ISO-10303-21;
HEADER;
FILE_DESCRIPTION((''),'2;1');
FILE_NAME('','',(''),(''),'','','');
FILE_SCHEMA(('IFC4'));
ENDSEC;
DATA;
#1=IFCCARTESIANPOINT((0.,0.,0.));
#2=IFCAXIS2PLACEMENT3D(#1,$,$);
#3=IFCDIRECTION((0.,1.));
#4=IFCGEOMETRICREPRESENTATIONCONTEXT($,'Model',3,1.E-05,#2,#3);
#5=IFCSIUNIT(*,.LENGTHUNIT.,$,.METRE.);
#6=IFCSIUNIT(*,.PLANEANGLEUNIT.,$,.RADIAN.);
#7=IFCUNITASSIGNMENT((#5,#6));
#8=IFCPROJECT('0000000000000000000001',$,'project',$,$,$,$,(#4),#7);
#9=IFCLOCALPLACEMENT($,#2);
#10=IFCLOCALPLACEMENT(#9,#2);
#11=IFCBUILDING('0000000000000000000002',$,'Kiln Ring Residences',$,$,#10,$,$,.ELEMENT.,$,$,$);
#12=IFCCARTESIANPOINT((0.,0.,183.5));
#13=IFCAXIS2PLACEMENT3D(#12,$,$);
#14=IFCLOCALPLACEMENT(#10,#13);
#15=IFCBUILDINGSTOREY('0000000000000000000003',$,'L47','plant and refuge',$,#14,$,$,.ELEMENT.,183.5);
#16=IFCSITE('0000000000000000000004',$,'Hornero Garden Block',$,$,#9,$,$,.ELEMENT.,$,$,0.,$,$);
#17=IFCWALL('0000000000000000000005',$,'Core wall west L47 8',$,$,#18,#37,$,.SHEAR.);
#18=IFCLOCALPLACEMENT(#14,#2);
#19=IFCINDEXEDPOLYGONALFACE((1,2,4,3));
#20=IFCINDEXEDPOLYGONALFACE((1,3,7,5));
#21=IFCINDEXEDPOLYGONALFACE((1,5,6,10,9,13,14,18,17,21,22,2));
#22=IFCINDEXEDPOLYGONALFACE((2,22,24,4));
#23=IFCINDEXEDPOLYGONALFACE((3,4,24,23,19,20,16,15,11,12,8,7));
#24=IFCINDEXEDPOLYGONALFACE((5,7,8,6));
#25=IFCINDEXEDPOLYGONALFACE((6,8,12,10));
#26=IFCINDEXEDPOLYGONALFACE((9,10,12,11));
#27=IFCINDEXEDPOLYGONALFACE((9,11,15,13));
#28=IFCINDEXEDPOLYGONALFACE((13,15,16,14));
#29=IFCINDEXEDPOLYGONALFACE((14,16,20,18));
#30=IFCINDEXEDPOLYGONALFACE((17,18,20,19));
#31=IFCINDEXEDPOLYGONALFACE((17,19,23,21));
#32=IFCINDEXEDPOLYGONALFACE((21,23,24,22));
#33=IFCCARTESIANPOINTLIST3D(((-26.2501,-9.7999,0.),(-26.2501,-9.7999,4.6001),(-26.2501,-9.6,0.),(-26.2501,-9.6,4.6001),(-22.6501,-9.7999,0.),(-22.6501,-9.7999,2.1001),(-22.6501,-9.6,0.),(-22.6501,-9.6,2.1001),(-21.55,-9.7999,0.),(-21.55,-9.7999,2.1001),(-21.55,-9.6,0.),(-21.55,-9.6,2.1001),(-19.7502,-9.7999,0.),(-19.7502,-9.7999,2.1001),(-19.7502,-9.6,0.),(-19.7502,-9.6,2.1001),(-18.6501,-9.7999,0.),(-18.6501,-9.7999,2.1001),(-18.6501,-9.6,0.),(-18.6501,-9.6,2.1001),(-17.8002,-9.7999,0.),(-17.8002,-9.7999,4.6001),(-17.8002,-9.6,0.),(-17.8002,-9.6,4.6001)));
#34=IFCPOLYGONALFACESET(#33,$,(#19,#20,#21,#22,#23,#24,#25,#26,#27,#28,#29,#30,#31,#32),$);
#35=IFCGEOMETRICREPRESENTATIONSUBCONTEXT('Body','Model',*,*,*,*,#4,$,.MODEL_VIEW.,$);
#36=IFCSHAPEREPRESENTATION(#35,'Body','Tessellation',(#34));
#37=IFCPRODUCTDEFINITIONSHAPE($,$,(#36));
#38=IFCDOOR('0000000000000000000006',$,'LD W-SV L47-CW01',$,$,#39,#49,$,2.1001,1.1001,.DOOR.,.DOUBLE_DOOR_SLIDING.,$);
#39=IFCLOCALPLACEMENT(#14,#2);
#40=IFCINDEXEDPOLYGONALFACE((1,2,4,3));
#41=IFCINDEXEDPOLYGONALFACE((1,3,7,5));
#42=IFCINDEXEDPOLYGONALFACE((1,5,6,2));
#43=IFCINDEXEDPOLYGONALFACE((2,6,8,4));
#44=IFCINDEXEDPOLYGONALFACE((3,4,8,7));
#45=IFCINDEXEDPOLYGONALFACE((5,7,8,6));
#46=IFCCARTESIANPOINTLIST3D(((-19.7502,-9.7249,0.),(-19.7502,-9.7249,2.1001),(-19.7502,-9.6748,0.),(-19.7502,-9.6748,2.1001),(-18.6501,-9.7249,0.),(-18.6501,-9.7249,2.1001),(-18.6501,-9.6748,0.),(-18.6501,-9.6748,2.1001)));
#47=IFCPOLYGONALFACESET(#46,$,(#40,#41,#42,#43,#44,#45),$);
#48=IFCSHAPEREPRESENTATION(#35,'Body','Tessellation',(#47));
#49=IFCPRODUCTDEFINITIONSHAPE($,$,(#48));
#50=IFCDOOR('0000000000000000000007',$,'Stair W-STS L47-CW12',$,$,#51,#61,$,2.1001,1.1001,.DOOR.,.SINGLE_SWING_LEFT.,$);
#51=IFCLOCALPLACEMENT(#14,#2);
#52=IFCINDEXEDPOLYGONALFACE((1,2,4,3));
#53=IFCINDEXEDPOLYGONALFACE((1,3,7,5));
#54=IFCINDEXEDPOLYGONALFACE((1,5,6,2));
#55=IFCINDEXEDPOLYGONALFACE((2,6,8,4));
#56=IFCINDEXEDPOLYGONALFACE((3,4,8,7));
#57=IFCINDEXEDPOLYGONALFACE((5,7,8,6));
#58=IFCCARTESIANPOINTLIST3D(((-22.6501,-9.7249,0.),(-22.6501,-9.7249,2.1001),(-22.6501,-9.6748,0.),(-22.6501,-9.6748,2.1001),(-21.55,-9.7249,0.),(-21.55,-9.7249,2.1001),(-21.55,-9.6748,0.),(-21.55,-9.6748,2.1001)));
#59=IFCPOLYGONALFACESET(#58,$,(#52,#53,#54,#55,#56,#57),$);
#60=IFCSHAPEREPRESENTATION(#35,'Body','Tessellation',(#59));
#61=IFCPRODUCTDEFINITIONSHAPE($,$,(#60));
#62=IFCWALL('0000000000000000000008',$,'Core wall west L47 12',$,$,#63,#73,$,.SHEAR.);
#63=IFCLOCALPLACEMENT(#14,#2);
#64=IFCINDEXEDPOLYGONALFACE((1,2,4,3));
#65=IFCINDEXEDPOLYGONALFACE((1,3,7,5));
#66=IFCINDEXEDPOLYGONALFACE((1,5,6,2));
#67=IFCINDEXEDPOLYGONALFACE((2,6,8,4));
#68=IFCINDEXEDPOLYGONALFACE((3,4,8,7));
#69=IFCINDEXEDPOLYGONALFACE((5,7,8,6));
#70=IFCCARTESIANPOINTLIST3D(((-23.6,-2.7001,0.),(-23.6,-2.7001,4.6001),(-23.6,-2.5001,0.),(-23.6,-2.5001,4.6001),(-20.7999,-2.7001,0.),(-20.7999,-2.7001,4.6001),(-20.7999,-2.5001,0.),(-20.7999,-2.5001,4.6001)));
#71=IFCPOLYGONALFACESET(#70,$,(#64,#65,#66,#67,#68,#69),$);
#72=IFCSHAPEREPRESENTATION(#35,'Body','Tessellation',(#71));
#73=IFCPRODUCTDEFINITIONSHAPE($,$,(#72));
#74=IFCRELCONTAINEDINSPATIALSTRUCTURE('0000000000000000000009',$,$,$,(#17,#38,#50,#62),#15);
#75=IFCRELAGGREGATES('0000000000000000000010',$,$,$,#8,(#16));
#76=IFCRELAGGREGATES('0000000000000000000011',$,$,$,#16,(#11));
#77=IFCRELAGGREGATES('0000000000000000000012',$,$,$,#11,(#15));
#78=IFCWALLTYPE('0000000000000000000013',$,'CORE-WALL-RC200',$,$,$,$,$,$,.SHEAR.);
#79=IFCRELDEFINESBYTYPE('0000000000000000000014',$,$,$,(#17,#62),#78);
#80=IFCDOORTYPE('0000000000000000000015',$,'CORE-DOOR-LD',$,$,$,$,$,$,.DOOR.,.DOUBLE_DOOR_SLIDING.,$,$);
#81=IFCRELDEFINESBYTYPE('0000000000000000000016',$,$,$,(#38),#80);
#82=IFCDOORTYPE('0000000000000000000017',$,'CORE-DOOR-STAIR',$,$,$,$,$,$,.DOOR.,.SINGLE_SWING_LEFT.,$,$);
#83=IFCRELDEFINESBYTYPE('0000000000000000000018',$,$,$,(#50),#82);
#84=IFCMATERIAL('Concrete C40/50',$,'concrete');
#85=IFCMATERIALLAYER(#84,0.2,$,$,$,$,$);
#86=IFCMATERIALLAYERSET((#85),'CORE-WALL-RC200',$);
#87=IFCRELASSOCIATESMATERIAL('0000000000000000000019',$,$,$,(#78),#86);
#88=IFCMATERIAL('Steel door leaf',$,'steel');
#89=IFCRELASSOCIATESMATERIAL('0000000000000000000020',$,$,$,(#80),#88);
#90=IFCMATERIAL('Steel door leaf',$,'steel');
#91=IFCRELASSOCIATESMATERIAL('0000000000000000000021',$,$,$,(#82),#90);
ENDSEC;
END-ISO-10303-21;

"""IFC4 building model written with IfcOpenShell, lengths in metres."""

from ifc_helpers import new_model, si_unit, direction, frame, frame_2d, origin, place, context, subcontext, project, spatial, rectangle, extrude, material, layer, layer_set, type_object, element, fill, save


model = new_model("IFC4")

# Units and contexts
model_context = context("Model", 3, precision=1e-05, world=origin(), true_north=direction((0.0, 1.0)))
body_context = subcontext(model_context, "Body", "Model", "MODEL_VIEW")
ifc_project = project(units=[si_unit("LENGTHUNIT", "METRE"), si_unit("PLANEANGLEUNIT", "RADIAN")], contexts=[model_context])

# Site, building, storey
site_placement = place(None, origin())
site = spatial("IfcSite", under=ifc_project, at=site_placement, Name="Hornero Garden Block", CompositionType="ELEMENT", RefElevation=0.0)
building_placement = place(site_placement, origin())
building = spatial("IfcBuilding", under=site, at=building_placement, Name="Kiln Ring Residences", CompositionType="ELEMENT")
storey_placement = place(building_placement, frame((0.0, 0.0, 183.5)))
storey = spatial("IfcBuildingStorey", under=building, at=storey_placement, Name="L47", Description="plant and refuge", CompositionType="ELEMENT", Elevation=183.5)

# Shared definitions
ifc_material_1 = material(Name="Concrete C40/50", Category="concrete")
ifc_layer_1 = layer(ifc_material_1, 0.2)
ifc_layer_set_1 = layer_set([ifc_layer_1], Name="CORE-WALL-RC200")
wall_type_1 = type_object("IfcWallType", Name="CORE-WALL-RC200", PredefinedType="SHEAR", material=ifc_layer_set_1)

# Wall, openings, doors
wall_1_placement = place(storey_placement, frame((-17.8, -9.7, 0.0), z_axis=(0.0, 0.0, 1.0), x_axis=(-1.0, 0.0, 0.0)))
wall_1 = element("IfcWall", 1, at=wall_1_placement, inside=storey, type_object=wall_type_1, Name="Core wall west L47 8", PredefinedType="SHEAR", context=body_context, shape_type="SweptSolid", body=[
    extrude(rectangle(XDim=8.45, YDim=0.2, at=frame_2d((4.2251, 0.0))), origin(), (0.0, 0.0, 1.0), 4.6001),
])
opening_1_placement = place(wall_1_placement, frame((0.8501, 0.0, 0.0)))
opening_1 = element("IfcOpeningElement", 2, at=opening_1_placement, cuts=wall_1, PredefinedType="OPENING", context=body_context, shape_type="SweptSolid", body=[
    extrude(rectangle(XDim=1.1001, YDim=2.1001, at=frame_2d((0.55, 1.05))), frame((0.0, 0.1099, 0.0), z_axis=(0.0, -1.0, 0.0), x_axis=(1.0, 0.0, 0.0)), (0.0, 0.0, 1.0), 0.22),
])
opening_2_placement = place(wall_1_placement, frame((3.75, 0.0, 0.0)))
opening_2 = element("IfcOpeningElement", 3, at=opening_2_placement, cuts=wall_1, PredefinedType="OPENING", context=body_context, shape_type="SweptSolid", body=[
    extrude(rectangle(XDim=1.1001, YDim=2.1001, at=frame_2d((0.55, 1.05))), frame((0.0, 0.1099, 0.0), z_axis=(0.0, -1.0, 0.0), x_axis=(1.0, 0.0, 0.0)), (0.0, 0.0, 1.0), 0.22),
])
ifc_material_2 = material(Name="Steel door leaf", Category="steel")
door_type_1 = type_object("IfcDoorType", Name="CORE-DOOR-LD", OperationType="DOUBLE_DOOR_SLIDING", PredefinedType="DOOR", material=ifc_material_2)
door_1_placement = place(opening_1_placement, origin())
door_1 = element("IfcDoor", 4, at=door_1_placement, inside=storey, type_object=door_type_1, Name="LD W-SV L47-CW01", OperationType="DOUBLE_DOOR_SLIDING", OverallHeight=2.1001, OverallWidth=1.1001, PredefinedType="DOOR", context=body_context, shape_type="SweptSolid", body=[
    extrude(rectangle(XDim=1.1001, YDim=2.1001, at=frame_2d((0.55, 1.05))), frame((0.0, 0.0249, 0.0), z_axis=(0.0, -1.0, 0.0), x_axis=(1.0, 0.0, 0.0)), (0.0, 0.0, 1.0), 0.05),
])
fill(opening_1, door_1)
ifc_material_3 = material(Name="Steel door leaf", Category="steel")
door_type_2 = type_object("IfcDoorType", Name="CORE-DOOR-STAIR", OperationType="SINGLE_SWING_LEFT", PredefinedType="DOOR", material=ifc_material_3)
door_2_placement = place(opening_2_placement, origin())
door_2 = element("IfcDoor", 5, at=door_2_placement, inside=storey, type_object=door_type_2, Name="Stair W-STS L47-CW12", OperationType="SINGLE_SWING_LEFT", OverallHeight=2.1001, OverallWidth=1.1001, PredefinedType="DOOR", context=body_context, shape_type="SweptSolid", body=[
    extrude(rectangle(XDim=1.1001, YDim=2.1001, at=frame_2d((0.55, 1.05))), frame((0.0, 0.0249, 0.0), z_axis=(0.0, -1.0, 0.0), x_axis=(1.0, 0.0, 0.0)), (0.0, 0.0, 1.0), 0.05),
])
fill(opening_2, door_2)

# Wall
wall_2_placement = place(storey_placement, frame((-20.8, -2.6001, 0.0), z_axis=(0.0, 0.0, 1.0), x_axis=(-1.0, 0.0, 0.0)))
element("IfcWall", 6, at=wall_2_placement, inside=storey, type_object=wall_type_1, Name="Core wall west L47 12", PredefinedType="SHEAR", context=body_context, shape_type="SweptSolid", body=[
    extrude(rectangle(XDim=2.8, YDim=0.2, at=frame_2d((1.3999, 0.0))), origin(), (0.0, 0.0, 1.0), 4.6001),
])

save(model, "model.ifc")
